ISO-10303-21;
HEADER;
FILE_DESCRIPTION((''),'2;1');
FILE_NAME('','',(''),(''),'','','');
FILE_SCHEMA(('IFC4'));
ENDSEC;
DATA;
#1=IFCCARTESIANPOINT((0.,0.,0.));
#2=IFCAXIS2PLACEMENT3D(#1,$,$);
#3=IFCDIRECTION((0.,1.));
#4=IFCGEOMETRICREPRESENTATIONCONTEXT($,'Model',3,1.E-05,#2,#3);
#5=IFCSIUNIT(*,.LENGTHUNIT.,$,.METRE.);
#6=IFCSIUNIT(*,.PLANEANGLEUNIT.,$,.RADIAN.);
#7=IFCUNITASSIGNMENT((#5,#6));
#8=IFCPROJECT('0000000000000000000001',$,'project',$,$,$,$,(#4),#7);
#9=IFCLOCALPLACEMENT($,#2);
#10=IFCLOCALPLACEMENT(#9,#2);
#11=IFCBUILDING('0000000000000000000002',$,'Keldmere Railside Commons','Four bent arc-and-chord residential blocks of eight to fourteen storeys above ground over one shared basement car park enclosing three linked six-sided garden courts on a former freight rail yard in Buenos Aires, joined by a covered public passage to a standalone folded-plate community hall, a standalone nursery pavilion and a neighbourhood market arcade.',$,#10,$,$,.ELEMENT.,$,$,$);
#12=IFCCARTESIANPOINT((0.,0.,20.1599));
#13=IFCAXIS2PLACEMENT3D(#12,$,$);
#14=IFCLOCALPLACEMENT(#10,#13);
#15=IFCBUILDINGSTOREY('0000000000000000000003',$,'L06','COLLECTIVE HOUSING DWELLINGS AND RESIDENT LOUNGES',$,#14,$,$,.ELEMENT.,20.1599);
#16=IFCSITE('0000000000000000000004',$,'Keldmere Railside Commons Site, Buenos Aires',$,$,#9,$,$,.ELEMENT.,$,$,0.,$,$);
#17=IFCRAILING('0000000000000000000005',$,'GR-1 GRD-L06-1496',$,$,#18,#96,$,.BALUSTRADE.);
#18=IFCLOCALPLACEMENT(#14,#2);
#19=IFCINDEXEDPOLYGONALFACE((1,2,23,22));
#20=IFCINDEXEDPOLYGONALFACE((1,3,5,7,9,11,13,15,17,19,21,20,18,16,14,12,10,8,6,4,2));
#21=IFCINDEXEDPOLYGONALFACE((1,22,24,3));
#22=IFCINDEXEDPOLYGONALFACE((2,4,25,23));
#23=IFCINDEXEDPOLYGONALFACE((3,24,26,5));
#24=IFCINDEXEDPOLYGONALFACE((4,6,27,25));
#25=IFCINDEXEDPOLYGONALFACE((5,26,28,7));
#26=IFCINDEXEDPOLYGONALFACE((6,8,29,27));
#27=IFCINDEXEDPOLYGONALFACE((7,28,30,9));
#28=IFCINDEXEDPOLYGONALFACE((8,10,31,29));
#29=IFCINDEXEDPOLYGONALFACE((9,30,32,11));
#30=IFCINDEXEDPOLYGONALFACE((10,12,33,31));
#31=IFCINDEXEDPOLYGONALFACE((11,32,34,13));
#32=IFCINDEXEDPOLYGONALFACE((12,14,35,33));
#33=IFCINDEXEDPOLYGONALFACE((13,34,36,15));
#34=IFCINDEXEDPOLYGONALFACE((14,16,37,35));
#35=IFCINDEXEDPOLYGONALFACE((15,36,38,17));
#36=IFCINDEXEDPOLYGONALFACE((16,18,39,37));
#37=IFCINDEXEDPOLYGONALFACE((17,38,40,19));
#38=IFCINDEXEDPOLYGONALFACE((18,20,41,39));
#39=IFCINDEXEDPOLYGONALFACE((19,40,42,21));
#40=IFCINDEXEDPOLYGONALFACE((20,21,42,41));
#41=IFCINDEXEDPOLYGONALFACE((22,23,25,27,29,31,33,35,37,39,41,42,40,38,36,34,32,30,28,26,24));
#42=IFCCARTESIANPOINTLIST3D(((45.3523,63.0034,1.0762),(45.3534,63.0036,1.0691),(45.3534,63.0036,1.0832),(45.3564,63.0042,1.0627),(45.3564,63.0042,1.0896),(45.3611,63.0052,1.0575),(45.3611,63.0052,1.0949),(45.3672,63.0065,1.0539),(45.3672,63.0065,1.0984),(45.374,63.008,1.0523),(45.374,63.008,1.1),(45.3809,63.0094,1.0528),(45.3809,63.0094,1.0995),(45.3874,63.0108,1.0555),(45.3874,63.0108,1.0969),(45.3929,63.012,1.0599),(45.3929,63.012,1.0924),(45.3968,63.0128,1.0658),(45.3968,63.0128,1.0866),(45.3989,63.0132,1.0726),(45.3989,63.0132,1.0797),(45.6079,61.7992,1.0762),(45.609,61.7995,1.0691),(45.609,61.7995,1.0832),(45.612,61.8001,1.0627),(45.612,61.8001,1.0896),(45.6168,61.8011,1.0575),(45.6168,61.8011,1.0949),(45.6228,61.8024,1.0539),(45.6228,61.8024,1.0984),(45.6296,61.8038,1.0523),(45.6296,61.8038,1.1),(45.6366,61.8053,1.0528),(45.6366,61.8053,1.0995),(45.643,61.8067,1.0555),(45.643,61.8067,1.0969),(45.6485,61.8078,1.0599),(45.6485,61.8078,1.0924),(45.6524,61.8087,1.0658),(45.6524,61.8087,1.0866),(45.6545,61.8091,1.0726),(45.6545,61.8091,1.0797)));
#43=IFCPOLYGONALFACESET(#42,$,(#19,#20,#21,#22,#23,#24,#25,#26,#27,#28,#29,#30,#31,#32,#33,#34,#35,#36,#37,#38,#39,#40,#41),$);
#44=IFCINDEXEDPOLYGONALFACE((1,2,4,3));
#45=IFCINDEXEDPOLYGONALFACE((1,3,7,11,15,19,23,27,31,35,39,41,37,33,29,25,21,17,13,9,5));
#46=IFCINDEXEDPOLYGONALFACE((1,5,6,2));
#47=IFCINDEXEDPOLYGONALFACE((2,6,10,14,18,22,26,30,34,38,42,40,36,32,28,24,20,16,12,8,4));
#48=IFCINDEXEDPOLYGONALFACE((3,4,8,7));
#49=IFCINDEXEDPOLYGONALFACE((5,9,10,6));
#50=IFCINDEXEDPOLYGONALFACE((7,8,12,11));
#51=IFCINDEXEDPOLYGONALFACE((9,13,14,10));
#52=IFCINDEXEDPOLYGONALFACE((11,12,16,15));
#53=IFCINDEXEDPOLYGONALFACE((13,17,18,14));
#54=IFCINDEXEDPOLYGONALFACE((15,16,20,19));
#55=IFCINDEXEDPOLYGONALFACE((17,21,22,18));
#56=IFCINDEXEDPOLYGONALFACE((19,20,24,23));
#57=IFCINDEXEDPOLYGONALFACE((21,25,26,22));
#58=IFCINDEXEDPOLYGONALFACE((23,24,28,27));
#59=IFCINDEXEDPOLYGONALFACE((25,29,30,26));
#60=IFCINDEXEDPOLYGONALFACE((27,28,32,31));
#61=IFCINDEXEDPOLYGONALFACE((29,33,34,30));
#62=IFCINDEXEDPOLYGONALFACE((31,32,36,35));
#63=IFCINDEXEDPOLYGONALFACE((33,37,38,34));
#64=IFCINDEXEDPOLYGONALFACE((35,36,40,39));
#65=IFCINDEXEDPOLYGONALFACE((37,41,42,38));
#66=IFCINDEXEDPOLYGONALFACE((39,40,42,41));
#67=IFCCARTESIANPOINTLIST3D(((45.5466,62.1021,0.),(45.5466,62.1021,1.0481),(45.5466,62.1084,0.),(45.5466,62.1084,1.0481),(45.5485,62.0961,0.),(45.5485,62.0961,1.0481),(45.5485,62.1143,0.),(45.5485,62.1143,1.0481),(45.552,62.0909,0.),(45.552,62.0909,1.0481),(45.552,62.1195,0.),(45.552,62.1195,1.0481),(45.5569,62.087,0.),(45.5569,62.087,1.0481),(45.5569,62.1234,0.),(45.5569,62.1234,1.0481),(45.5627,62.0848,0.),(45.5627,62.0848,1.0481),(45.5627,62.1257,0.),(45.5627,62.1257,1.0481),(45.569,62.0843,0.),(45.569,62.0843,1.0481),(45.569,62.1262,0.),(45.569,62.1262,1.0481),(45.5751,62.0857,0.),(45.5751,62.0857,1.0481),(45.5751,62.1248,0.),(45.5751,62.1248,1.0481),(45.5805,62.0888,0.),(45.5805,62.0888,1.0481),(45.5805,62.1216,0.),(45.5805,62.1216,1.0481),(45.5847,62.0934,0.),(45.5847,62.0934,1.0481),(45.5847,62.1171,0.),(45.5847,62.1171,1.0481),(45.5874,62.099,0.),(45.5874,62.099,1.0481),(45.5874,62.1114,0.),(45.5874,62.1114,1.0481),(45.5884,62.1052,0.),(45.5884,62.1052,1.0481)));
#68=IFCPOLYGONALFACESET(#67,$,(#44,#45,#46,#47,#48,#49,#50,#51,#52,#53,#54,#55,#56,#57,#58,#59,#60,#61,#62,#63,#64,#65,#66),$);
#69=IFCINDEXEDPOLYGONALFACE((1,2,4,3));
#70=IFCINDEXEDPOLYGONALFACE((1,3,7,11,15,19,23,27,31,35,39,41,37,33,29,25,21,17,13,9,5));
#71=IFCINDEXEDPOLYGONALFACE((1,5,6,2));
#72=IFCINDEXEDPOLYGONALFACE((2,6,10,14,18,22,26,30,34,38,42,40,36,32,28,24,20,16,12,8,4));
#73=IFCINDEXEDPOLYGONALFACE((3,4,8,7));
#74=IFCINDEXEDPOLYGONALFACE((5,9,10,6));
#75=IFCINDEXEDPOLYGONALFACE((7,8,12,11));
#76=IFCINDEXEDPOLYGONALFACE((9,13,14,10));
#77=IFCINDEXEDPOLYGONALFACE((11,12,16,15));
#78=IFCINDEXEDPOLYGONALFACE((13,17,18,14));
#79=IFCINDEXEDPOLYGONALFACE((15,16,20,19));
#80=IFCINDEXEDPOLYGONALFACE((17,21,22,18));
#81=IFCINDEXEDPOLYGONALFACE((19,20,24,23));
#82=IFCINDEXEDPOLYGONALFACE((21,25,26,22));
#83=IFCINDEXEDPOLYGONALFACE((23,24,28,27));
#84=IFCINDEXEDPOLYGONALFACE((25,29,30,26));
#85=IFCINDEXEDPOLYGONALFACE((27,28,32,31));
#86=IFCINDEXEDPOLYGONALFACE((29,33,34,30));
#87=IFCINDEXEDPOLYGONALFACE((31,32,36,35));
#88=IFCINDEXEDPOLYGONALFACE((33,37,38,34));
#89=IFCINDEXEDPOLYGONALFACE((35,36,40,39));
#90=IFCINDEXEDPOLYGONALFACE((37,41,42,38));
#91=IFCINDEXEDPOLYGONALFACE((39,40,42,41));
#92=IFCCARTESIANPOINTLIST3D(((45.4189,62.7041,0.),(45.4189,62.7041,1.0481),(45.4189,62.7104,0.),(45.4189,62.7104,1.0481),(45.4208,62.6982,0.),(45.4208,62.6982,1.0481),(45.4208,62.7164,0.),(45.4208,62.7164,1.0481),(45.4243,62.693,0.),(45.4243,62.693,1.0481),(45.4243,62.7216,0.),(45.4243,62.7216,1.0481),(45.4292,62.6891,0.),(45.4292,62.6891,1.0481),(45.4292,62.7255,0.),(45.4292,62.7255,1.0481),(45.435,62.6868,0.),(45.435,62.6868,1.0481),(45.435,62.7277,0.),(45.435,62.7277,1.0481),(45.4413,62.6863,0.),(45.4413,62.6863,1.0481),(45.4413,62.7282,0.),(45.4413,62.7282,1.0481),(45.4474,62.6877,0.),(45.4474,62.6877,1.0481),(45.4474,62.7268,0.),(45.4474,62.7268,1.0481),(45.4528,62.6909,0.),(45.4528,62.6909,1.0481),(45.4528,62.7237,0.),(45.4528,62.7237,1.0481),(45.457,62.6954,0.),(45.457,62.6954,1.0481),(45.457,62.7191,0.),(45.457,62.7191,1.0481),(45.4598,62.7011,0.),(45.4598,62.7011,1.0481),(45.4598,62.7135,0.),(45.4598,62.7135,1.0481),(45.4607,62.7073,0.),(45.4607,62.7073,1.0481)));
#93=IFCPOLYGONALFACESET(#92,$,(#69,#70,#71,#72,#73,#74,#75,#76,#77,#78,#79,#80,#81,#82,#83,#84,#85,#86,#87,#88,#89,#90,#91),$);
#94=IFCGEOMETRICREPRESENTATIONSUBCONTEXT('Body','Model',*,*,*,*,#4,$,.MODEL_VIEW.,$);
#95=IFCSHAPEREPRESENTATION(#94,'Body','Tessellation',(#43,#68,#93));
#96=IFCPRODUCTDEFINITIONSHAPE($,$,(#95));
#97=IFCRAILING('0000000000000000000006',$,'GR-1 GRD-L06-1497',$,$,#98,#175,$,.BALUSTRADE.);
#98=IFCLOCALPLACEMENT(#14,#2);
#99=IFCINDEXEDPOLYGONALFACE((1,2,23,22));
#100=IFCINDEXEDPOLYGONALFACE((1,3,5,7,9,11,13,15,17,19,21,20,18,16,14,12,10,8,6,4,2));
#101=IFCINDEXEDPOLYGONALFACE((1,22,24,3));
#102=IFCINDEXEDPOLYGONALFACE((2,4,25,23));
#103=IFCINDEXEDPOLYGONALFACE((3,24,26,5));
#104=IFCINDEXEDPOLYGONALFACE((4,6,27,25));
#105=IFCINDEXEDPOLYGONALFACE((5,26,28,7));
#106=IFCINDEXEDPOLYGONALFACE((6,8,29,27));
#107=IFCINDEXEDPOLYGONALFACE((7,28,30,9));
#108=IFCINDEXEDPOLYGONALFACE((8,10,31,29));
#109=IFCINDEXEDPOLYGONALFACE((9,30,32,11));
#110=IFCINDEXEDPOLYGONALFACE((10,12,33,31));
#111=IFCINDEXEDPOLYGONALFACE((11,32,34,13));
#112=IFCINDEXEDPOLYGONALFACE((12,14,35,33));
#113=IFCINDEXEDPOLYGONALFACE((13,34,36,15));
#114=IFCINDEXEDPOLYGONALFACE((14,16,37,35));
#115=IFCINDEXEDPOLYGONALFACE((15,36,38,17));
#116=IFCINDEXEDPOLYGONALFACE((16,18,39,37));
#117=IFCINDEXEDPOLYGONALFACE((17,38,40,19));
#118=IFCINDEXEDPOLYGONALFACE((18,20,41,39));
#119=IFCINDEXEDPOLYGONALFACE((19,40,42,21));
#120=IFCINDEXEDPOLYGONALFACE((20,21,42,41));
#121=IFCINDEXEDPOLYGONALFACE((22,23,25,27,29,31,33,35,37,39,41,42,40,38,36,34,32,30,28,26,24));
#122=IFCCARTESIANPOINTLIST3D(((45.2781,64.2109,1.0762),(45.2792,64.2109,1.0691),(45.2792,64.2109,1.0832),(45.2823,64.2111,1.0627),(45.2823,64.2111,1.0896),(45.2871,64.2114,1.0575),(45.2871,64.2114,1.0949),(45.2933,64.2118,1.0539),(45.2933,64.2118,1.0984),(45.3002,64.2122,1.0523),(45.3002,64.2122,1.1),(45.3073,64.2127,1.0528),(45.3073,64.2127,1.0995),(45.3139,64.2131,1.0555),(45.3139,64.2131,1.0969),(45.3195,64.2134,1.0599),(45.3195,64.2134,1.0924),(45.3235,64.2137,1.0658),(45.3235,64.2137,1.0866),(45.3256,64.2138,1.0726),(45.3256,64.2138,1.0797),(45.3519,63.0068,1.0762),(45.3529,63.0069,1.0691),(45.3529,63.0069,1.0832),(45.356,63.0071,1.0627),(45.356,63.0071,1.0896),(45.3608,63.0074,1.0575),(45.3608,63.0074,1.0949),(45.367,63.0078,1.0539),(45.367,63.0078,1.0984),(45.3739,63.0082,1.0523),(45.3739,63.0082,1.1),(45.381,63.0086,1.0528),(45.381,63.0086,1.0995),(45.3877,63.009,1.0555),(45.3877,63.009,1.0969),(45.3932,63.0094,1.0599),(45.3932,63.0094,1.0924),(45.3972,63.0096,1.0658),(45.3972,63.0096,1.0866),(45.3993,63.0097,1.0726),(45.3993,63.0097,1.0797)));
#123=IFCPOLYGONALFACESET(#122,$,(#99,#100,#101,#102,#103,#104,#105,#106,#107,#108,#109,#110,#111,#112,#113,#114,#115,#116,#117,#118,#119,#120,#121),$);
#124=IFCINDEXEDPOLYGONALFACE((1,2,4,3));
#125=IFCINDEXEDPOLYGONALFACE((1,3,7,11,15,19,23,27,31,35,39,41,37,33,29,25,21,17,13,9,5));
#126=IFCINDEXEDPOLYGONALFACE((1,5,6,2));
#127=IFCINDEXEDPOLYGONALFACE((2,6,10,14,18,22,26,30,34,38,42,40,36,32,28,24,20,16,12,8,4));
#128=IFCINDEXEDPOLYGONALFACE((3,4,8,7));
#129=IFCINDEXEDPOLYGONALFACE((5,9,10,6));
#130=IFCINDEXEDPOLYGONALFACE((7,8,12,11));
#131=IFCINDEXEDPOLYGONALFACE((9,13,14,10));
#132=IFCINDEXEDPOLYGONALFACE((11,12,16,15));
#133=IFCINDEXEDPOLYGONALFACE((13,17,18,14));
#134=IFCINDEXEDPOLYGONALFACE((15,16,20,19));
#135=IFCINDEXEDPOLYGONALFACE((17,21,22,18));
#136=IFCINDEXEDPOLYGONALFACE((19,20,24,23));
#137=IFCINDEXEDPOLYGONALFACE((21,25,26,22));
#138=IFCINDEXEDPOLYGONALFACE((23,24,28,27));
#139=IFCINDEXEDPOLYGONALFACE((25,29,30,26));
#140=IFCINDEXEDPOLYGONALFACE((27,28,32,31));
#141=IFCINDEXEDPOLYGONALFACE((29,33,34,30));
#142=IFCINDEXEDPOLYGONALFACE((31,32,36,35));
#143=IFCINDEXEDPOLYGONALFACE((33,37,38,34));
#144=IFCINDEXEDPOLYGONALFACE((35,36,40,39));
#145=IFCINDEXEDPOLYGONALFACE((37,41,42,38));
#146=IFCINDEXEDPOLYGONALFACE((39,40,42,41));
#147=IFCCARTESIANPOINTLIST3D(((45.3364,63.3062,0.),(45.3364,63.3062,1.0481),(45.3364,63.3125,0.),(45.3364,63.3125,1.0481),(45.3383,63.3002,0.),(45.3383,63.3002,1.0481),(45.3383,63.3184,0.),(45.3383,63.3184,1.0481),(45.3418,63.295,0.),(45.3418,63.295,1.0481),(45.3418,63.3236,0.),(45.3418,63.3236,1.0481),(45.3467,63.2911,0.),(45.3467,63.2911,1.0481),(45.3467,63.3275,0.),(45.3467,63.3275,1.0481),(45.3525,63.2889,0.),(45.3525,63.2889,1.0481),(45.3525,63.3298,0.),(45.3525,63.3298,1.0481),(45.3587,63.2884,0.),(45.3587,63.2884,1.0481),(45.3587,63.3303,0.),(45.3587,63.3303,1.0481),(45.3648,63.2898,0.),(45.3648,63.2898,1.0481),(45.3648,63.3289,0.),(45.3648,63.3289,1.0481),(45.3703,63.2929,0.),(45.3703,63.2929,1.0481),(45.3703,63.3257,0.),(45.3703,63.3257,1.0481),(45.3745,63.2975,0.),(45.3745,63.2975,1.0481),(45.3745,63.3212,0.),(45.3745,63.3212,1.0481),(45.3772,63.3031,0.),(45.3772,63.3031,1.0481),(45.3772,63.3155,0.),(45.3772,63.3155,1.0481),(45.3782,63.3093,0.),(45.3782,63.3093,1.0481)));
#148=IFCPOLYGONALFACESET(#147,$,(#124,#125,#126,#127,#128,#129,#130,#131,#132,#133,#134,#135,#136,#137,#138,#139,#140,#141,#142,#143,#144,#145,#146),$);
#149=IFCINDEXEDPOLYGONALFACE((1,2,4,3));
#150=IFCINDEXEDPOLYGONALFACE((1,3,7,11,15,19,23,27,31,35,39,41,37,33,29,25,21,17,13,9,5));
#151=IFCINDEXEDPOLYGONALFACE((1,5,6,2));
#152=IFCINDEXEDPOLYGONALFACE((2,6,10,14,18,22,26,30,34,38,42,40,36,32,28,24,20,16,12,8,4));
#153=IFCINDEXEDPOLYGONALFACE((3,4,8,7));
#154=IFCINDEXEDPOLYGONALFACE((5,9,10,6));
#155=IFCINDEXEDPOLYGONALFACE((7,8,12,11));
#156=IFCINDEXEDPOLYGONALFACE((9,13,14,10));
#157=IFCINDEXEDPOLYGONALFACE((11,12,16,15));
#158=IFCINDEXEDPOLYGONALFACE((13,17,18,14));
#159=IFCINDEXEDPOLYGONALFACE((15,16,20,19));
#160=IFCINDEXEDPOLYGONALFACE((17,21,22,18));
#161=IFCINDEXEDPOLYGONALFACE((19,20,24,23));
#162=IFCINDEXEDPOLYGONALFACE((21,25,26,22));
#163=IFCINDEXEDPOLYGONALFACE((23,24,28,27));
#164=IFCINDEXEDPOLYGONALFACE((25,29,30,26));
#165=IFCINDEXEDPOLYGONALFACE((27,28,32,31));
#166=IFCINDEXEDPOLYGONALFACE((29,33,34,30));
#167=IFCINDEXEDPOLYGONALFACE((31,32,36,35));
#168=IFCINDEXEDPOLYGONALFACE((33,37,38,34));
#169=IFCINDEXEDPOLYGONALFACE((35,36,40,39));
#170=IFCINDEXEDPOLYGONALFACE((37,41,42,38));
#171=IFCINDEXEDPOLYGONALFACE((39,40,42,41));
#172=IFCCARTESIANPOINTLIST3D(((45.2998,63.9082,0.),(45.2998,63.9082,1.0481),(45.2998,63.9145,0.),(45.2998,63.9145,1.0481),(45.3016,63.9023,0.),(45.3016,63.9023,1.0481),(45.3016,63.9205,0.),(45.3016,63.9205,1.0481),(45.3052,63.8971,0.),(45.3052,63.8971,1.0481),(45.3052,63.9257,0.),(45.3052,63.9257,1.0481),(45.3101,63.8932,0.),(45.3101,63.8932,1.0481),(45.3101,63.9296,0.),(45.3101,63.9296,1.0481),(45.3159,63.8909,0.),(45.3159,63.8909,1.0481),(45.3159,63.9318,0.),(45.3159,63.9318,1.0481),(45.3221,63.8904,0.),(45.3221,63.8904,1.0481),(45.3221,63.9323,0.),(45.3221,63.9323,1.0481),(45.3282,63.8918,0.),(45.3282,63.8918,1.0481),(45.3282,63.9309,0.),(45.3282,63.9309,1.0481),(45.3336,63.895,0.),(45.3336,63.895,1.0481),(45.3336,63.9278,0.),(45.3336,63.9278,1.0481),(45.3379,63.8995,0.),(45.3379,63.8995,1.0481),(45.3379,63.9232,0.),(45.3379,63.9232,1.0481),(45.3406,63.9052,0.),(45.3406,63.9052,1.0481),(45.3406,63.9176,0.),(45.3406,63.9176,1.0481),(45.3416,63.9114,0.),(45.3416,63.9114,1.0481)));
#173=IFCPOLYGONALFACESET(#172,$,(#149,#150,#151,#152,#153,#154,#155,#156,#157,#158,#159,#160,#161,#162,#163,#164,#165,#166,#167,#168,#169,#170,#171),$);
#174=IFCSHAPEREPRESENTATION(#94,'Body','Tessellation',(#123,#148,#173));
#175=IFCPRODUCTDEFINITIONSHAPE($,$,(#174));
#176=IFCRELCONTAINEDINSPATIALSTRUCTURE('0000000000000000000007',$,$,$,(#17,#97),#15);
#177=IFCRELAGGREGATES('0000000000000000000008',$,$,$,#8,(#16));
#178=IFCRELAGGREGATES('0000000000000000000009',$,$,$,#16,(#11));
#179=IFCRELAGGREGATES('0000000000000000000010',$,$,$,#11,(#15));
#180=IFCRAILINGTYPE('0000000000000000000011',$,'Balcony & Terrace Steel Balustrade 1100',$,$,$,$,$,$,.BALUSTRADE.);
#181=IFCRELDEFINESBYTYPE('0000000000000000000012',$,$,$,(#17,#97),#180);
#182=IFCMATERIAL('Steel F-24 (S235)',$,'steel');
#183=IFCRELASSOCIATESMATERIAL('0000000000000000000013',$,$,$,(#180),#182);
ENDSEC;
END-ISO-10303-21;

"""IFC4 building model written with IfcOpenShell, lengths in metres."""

from ifc_helpers import new_model, si_unit, direction, frame, origin, origin_2d, place, context, subcontext, project, spatial, circle, extrude, material, type_object, element, save


model = new_model("IFC4")

# Units and contexts
model_context = context("Model", 3, precision=1e-05, world=origin(), true_north=direction((0.0, 1.0)))
body_context = subcontext(model_context, "Body", "Model", "MODEL_VIEW")
ifc_project = project(units=[si_unit("LENGTHUNIT", "METRE"), si_unit("PLANEANGLEUNIT", "RADIAN")], contexts=[model_context])

# Site, building, storey
site_placement = place(None, origin())
site = spatial("IfcSite", under=ifc_project, at=site_placement, Name="Keldmere Railside Commons Site, Buenos Aires", CompositionType="ELEMENT", RefElevation=0.0)
building_placement = place(site_placement, origin())
building = spatial("IfcBuilding", under=site, at=building_placement, Name="Keldmere Railside Commons", Description="Four bent arc-and-chord residential blocks of eight to fourteen storeys above ground over one shared basement car park enclosing three linked six-sided garden courts on a former freight rail yard in Buenos Aires, joined by a covered public passage to a standalone folded-plate community hall, a standalone nursery pavilion and a neighbourhood market arcade.", CompositionType="ELEMENT")
storey_placement = place(building_placement, frame((0.0, 0.0, 20.1599)))
storey = spatial("IfcBuildingStorey", under=building, at=storey_placement, Name="L06", Description="COLLECTIVE HOUSING DWELLINGS AND RESIDENT LOUNGES", CompositionType="ELEMENT", Elevation=20.1599)

# Railings
ifc_material_1 = material(Name="Steel F-24 (S235)", Category="steel")
railing_type = type_object("IfcRailingType", Name="Balcony & Terrace Steel Balustrade 1100", PredefinedType="BALUSTRADE", material=ifc_material_1)
railing_1_placement = place(storey_placement, frame((45.6313, 61.8042, 0.0)))
element("IfcRailing", 1, at=railing_1_placement, inside=storey, type_object=railing_type, Name="GR-1 GRD-L06-1496", PredefinedType="BALUSTRADE", context=body_context, shape_type="SweptSolid", body=[
    extrude(circle(Radius=0.0239, at=origin_2d()), frame((0.0, 0.0, 1.0762), z_axis=(-0.207659, 0.978201, 0.0), x_axis=(-0.978201, -0.207659, 0.0)), (0.0, 0.0, 1.0), 1.231),
    extrude(circle(Radius=0.021, at=origin_2d()), frame((-0.064, 0.301, 0.0)), (0.0, 0.0, 1.0), 1.0481),
    extrude(circle(Radius=0.021, at=origin_2d()), frame((-0.1917, 0.9031, 0.0)), (0.0, 0.0, 1.0), 1.0481),
])
railing_2_placement = place(storey_placement, frame((45.3757, 63.0083, 0.0)))
element("IfcRailing", 2, at=railing_2_placement, inside=storey, type_object=railing_type, Name="GR-1 GRD-L06-1497", PredefinedType="BALUSTRADE", context=body_context, shape_type="SweptSolid", body=[
    extrude(circle(Radius=0.0239, at=origin_2d()), frame((0.0, 0.0, 1.0762), z_axis=(-0.061118, 0.998131, 0.0), x_axis=(-0.998131, -0.061118, 0.0)), (0.0, 0.0, 1.0), 1.2063),
    extrude(circle(Radius=0.021, at=origin_2d()), frame((-0.0186, 0.301, 0.0)), (0.0, 0.0, 1.0), 1.0481),
    extrude(circle(Radius=0.021, at=origin_2d()), frame((-0.0552, 0.9031, 0.0)), (0.0, 0.0, 1.0), 1.0481),
])

save(model, "model.ifc")
